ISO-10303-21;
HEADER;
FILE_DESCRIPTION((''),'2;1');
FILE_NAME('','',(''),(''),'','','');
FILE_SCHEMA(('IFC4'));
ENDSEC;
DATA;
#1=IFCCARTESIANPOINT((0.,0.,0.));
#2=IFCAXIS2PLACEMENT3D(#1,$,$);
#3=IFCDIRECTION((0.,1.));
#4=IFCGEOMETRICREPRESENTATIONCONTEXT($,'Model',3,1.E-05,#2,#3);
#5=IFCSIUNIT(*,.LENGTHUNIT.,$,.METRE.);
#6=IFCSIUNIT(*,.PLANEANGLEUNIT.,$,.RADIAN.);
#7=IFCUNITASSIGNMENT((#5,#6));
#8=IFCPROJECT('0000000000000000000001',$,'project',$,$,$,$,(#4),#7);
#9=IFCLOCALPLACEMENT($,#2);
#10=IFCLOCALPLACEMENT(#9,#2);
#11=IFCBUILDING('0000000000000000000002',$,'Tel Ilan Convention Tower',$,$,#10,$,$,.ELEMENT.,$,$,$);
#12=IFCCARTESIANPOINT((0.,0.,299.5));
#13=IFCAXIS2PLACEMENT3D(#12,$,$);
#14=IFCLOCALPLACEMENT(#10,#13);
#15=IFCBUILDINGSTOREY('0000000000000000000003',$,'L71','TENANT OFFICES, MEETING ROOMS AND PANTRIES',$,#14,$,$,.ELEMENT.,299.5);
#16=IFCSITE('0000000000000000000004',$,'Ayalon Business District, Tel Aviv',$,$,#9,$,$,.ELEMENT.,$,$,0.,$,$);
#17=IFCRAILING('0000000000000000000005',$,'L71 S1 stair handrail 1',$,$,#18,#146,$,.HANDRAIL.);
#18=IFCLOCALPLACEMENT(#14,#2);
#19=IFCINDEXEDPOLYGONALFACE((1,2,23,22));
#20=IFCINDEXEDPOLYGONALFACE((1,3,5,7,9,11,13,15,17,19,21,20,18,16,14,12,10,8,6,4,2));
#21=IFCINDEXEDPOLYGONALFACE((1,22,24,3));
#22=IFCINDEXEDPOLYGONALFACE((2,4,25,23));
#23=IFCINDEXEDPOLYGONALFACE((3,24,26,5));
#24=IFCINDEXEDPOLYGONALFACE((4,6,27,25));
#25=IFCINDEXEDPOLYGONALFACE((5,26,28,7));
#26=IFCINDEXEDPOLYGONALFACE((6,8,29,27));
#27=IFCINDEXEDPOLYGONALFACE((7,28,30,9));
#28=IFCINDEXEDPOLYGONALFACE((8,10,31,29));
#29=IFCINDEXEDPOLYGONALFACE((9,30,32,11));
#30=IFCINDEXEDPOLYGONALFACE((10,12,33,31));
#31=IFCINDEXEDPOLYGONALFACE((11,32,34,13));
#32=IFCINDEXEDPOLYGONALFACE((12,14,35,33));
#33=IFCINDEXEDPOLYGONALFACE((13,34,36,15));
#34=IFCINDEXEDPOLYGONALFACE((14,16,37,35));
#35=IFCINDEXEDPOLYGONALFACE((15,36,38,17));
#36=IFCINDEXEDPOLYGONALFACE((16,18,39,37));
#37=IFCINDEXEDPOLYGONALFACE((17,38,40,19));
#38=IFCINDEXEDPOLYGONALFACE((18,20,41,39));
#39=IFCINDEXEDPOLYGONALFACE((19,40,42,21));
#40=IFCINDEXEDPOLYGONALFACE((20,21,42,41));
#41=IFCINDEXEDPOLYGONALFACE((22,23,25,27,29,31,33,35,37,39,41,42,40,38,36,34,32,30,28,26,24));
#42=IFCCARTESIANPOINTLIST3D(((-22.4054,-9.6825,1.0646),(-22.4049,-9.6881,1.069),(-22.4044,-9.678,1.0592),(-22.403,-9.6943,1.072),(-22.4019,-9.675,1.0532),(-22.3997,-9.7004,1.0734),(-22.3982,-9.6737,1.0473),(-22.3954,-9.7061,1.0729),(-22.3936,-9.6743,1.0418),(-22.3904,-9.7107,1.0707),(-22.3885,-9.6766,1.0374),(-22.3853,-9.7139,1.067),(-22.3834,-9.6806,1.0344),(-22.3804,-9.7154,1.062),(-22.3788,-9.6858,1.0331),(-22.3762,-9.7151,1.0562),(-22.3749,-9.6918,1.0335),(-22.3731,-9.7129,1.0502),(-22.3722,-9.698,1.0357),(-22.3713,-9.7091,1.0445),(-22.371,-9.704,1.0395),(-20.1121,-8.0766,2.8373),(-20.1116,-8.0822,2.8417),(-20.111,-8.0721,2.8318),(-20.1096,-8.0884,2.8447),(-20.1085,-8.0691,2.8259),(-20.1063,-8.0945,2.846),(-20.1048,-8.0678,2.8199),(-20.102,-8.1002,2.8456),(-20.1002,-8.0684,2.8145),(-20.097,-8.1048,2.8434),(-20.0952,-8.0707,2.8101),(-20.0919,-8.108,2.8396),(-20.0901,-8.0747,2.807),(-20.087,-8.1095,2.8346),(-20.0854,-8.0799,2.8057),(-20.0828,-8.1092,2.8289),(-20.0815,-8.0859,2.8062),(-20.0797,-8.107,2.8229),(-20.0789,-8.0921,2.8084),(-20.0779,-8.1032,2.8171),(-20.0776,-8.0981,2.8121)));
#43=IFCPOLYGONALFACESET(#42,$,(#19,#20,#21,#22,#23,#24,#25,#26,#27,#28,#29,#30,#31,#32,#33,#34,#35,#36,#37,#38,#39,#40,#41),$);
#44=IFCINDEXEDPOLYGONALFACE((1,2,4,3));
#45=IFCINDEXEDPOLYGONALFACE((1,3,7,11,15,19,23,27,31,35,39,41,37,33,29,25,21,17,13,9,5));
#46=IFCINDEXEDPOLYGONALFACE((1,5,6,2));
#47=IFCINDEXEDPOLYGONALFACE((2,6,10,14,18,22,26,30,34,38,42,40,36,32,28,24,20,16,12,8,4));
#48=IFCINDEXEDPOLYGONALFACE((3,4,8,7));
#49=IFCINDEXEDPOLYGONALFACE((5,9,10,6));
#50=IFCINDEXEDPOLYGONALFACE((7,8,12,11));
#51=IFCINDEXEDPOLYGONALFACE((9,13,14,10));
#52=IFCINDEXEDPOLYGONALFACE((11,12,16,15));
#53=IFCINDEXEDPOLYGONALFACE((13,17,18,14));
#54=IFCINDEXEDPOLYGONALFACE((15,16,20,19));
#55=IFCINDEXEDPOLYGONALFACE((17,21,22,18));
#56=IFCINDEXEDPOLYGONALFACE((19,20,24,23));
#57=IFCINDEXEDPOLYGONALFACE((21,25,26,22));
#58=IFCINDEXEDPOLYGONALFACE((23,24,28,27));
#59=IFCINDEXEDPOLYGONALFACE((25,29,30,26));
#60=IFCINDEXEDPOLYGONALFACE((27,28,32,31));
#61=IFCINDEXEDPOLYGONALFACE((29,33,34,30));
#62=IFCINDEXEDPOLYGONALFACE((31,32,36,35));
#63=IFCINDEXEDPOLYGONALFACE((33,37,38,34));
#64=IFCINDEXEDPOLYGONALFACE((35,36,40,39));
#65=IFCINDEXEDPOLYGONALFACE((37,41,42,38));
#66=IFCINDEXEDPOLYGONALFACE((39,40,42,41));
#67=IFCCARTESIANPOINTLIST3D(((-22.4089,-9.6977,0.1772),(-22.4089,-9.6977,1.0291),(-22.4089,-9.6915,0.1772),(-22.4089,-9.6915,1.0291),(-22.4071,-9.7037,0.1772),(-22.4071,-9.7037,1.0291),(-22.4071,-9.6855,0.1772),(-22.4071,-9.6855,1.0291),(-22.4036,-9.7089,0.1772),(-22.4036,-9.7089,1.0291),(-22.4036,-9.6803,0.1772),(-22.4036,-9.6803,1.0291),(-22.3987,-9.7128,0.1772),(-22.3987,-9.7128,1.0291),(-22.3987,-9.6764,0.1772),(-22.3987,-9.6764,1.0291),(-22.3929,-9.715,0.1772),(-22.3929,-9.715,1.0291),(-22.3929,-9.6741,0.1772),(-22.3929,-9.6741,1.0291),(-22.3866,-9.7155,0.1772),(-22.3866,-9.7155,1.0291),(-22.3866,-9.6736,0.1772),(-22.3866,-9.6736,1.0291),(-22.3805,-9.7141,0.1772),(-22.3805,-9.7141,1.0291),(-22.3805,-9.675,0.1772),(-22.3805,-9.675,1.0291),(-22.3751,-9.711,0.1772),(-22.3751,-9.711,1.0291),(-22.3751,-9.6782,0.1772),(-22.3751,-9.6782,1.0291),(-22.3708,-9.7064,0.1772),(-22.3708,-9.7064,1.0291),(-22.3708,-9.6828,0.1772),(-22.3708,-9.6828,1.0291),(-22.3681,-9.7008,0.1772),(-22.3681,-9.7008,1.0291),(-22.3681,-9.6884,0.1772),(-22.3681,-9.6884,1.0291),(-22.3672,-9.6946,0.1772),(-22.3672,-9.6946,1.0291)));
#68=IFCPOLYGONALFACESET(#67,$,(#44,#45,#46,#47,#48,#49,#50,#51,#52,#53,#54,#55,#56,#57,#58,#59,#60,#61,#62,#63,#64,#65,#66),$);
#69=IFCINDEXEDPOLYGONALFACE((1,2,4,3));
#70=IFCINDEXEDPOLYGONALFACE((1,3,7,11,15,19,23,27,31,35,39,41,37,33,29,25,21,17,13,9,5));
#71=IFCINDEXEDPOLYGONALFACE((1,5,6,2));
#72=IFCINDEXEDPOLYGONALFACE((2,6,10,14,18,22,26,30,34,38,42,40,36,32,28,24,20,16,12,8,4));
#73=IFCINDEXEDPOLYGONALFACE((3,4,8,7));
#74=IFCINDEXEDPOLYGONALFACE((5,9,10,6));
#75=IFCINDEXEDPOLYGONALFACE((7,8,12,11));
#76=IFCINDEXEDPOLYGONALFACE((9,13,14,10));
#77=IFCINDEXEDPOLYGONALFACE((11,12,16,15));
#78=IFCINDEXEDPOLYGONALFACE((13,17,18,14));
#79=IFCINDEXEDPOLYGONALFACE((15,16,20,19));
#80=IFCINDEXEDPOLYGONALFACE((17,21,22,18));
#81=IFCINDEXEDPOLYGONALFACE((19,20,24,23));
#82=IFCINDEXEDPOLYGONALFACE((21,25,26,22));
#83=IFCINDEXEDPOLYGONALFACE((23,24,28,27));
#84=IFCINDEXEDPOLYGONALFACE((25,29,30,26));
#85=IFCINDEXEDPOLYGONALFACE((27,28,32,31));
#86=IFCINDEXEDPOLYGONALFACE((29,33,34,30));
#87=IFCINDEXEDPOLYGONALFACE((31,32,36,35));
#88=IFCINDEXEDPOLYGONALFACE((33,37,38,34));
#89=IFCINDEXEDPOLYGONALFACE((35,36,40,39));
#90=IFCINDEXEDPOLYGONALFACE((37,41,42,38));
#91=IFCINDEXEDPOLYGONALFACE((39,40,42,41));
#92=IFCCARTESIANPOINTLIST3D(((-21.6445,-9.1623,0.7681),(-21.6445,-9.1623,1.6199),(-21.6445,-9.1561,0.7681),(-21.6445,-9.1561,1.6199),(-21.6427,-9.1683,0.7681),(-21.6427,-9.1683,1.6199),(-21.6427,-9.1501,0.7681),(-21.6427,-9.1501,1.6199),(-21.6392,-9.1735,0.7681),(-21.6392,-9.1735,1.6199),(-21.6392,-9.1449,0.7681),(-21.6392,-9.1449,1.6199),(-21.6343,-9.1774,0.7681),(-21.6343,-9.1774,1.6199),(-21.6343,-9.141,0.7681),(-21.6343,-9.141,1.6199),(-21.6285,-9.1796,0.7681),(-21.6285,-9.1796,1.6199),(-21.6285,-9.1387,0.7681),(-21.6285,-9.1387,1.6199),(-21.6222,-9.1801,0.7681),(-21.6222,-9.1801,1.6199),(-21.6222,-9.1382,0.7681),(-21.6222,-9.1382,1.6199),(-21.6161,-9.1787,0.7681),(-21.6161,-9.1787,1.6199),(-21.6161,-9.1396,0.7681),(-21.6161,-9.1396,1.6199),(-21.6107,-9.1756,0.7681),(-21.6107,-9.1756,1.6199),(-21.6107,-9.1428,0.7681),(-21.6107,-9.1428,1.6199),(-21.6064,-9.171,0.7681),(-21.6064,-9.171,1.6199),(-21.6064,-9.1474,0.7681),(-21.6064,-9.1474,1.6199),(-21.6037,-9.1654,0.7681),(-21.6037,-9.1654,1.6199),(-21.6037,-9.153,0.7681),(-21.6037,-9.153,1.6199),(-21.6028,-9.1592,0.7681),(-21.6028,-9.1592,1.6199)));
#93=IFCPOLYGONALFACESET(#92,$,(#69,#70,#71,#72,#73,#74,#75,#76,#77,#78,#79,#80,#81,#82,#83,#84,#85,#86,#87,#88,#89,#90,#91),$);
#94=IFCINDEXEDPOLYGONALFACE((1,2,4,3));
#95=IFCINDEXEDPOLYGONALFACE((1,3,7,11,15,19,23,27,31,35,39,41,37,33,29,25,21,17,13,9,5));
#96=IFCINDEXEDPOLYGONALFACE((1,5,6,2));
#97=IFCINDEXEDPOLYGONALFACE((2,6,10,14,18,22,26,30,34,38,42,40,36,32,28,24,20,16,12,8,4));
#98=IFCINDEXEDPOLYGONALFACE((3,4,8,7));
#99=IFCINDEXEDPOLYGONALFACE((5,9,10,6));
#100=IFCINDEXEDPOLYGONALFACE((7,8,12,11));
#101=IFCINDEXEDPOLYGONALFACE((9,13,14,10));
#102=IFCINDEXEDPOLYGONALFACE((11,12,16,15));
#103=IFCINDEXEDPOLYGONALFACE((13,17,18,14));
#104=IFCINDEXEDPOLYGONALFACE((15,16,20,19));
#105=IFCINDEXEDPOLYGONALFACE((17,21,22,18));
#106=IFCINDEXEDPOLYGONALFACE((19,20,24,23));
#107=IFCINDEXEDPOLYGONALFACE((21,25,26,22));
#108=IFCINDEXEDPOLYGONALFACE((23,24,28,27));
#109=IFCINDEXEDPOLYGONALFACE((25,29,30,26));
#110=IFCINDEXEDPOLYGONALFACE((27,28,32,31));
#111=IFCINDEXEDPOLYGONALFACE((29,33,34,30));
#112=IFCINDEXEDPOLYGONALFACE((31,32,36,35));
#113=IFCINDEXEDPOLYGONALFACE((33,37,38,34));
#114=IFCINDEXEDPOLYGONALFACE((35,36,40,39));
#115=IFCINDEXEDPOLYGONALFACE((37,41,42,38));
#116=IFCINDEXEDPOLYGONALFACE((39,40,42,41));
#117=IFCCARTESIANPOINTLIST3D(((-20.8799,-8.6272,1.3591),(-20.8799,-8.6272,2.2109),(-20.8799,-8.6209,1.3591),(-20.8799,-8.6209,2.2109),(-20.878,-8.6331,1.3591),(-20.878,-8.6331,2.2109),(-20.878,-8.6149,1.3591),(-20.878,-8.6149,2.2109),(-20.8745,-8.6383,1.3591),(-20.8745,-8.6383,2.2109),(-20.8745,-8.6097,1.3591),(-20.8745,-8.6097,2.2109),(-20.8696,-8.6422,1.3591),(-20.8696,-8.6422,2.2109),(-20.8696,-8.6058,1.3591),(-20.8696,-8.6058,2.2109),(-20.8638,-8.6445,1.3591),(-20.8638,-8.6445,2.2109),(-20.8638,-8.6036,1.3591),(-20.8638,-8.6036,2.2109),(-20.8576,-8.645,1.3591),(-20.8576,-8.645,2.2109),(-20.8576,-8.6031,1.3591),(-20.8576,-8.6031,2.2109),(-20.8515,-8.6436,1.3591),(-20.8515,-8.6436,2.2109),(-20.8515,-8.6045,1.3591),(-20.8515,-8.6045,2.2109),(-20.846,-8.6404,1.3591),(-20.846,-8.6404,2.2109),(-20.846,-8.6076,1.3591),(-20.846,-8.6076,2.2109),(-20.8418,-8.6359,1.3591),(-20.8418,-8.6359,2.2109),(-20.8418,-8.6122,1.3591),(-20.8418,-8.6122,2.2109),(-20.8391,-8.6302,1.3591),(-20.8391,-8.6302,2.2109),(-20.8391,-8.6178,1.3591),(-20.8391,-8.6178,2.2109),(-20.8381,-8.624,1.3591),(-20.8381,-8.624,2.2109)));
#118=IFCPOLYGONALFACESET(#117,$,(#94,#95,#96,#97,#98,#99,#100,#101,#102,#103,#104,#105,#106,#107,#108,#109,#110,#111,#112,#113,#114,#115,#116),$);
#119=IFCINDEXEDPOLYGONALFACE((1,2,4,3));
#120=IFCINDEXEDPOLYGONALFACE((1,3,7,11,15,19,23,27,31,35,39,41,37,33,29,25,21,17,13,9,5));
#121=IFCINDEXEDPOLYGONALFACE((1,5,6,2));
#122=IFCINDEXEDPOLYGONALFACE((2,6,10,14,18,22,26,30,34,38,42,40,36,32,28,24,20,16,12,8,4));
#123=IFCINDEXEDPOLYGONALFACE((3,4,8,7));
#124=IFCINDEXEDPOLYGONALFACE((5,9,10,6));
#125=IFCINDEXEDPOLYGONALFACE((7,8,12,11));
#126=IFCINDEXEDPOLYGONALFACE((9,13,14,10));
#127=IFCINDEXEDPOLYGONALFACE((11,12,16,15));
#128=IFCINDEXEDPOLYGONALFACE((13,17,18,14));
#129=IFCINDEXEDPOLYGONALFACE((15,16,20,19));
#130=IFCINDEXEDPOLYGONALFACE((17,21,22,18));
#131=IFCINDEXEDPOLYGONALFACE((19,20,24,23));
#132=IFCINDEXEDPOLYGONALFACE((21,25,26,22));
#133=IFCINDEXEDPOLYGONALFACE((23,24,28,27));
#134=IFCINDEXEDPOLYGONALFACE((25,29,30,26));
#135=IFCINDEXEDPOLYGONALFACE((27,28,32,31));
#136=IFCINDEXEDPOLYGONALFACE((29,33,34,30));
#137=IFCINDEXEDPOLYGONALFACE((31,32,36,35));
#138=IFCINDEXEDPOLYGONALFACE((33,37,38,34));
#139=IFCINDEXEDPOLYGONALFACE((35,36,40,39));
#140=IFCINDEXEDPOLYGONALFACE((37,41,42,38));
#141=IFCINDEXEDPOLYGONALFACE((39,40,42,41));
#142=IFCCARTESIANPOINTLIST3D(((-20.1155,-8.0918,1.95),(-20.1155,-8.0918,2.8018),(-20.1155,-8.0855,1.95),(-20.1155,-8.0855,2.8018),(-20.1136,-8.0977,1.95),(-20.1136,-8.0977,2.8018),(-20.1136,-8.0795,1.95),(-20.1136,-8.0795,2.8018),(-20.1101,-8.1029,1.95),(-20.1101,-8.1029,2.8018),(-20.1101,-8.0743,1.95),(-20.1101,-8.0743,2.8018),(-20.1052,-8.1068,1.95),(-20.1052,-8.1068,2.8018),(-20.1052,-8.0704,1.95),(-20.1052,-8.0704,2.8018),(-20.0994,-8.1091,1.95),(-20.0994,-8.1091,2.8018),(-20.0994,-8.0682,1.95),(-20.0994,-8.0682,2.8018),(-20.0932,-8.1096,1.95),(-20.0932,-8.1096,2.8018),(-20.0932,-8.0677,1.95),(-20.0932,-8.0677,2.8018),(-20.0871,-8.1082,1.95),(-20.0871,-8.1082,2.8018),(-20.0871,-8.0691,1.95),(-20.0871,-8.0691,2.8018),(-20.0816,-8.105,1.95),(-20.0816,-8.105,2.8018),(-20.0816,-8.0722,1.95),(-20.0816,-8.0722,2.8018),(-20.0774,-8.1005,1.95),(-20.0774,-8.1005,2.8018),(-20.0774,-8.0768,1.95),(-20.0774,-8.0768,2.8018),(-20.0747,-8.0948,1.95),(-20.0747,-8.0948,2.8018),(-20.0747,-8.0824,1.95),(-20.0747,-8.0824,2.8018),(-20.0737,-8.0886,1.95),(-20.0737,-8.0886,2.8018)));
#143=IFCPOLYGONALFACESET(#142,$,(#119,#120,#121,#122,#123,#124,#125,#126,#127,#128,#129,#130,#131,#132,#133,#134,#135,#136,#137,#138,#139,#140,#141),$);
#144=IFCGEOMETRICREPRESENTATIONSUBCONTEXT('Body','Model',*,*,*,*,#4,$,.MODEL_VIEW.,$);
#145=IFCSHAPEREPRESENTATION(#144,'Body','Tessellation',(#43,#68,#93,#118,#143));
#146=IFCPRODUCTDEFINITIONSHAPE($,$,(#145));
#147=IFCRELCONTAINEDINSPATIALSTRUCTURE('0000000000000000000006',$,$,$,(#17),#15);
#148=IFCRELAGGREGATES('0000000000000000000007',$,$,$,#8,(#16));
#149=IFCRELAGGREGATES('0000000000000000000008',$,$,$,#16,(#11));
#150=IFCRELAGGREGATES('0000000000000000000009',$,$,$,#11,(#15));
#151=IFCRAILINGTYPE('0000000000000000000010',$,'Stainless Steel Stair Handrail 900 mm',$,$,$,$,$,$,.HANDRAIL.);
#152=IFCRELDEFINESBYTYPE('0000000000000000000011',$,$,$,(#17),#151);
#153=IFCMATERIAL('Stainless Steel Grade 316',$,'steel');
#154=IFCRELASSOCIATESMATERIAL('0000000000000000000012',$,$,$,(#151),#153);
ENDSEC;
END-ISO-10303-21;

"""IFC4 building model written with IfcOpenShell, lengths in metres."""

from ifc_helpers import new_model, si_unit, direction, frame, origin, origin_2d, place, context, subcontext, project, spatial, circle, extrude, material, type_object, element, save


model = new_model("IFC4")

# Units and contexts
model_context = context("Model", 3, precision=1e-05, world=origin(), true_north=direction((0.0, 1.0)))
body_context = subcontext(model_context, "Body", "Model", "MODEL_VIEW")
ifc_project = project(units=[si_unit("LENGTHUNIT", "METRE"), si_unit("PLANEANGLEUNIT", "RADIAN")], contexts=[model_context])

# Site, building, storey
site_placement = place(None, origin())
site = spatial("IfcSite", under=ifc_project, at=site_placement, Name="Ayalon Business District, Tel Aviv", CompositionType="ELEMENT", RefElevation=0.0)
building_placement = place(site_placement, origin())
building = spatial("IfcBuilding", under=site, at=building_placement, Name="Tel Ilan Convention Tower", CompositionType="ELEMENT")
storey_placement = place(building_placement, frame((0.0, 0.0, 299.5)))
storey = spatial("IfcBuildingStorey", under=building, at=storey_placement, Name="L71", Description="TENANT OFFICES, MEETING ROOMS AND PANTRIES", CompositionType="ELEMENT", Elevation=299.5)

# Railing
ifc_material_1 = material(Name="Stainless Steel Grade 316", Category="steel")
railing_type_1 = type_object("IfcRailingType", Name="Stainless Steel Stair Handrail 900 mm", PredefinedType="HANDRAIL", material=ifc_material_1)
railing_1_placement = place(storey_placement, frame((-22.3882, -9.6946, 0.1772)))
element("IfcRailing", 1, at=railing_1_placement, inside=storey, type_object=railing_type_1, Name="L71 S1 stair handrail 1", PredefinedType="HANDRAIL", context=body_context, shape_type="SweptSolid", body=[
    extrude(circle(Radius=0.0239, at=origin_2d()), frame((0.0, 0.0, 0.876), z_axis=(0.692085, 0.484621, 0.53494), x_axis=(-0.573591, 0.819142, 0.0)), (0.0, 0.0, 1.0), 3.3137),
    extrude(circle(Radius=0.021, at=origin_2d()), origin(), (0.0, 0.0, 1.0), 0.8518),
    extrude(circle(Radius=0.021, at=origin_2d()), frame((0.7644, 0.5354, 0.5908)), (0.0, 0.0, 1.0), 0.8518),
    extrude(circle(Radius=0.021, at=origin_2d()), frame((1.5291, 1.0706, 1.1819)), (0.0, 0.0, 1.0), 0.8518),
    extrude(circle(Radius=0.021, at=origin_2d()), frame((2.2935, 1.606, 1.7727)), (0.0, 0.0, 1.0), 0.8518),
])

save(model, "model.ifc")
